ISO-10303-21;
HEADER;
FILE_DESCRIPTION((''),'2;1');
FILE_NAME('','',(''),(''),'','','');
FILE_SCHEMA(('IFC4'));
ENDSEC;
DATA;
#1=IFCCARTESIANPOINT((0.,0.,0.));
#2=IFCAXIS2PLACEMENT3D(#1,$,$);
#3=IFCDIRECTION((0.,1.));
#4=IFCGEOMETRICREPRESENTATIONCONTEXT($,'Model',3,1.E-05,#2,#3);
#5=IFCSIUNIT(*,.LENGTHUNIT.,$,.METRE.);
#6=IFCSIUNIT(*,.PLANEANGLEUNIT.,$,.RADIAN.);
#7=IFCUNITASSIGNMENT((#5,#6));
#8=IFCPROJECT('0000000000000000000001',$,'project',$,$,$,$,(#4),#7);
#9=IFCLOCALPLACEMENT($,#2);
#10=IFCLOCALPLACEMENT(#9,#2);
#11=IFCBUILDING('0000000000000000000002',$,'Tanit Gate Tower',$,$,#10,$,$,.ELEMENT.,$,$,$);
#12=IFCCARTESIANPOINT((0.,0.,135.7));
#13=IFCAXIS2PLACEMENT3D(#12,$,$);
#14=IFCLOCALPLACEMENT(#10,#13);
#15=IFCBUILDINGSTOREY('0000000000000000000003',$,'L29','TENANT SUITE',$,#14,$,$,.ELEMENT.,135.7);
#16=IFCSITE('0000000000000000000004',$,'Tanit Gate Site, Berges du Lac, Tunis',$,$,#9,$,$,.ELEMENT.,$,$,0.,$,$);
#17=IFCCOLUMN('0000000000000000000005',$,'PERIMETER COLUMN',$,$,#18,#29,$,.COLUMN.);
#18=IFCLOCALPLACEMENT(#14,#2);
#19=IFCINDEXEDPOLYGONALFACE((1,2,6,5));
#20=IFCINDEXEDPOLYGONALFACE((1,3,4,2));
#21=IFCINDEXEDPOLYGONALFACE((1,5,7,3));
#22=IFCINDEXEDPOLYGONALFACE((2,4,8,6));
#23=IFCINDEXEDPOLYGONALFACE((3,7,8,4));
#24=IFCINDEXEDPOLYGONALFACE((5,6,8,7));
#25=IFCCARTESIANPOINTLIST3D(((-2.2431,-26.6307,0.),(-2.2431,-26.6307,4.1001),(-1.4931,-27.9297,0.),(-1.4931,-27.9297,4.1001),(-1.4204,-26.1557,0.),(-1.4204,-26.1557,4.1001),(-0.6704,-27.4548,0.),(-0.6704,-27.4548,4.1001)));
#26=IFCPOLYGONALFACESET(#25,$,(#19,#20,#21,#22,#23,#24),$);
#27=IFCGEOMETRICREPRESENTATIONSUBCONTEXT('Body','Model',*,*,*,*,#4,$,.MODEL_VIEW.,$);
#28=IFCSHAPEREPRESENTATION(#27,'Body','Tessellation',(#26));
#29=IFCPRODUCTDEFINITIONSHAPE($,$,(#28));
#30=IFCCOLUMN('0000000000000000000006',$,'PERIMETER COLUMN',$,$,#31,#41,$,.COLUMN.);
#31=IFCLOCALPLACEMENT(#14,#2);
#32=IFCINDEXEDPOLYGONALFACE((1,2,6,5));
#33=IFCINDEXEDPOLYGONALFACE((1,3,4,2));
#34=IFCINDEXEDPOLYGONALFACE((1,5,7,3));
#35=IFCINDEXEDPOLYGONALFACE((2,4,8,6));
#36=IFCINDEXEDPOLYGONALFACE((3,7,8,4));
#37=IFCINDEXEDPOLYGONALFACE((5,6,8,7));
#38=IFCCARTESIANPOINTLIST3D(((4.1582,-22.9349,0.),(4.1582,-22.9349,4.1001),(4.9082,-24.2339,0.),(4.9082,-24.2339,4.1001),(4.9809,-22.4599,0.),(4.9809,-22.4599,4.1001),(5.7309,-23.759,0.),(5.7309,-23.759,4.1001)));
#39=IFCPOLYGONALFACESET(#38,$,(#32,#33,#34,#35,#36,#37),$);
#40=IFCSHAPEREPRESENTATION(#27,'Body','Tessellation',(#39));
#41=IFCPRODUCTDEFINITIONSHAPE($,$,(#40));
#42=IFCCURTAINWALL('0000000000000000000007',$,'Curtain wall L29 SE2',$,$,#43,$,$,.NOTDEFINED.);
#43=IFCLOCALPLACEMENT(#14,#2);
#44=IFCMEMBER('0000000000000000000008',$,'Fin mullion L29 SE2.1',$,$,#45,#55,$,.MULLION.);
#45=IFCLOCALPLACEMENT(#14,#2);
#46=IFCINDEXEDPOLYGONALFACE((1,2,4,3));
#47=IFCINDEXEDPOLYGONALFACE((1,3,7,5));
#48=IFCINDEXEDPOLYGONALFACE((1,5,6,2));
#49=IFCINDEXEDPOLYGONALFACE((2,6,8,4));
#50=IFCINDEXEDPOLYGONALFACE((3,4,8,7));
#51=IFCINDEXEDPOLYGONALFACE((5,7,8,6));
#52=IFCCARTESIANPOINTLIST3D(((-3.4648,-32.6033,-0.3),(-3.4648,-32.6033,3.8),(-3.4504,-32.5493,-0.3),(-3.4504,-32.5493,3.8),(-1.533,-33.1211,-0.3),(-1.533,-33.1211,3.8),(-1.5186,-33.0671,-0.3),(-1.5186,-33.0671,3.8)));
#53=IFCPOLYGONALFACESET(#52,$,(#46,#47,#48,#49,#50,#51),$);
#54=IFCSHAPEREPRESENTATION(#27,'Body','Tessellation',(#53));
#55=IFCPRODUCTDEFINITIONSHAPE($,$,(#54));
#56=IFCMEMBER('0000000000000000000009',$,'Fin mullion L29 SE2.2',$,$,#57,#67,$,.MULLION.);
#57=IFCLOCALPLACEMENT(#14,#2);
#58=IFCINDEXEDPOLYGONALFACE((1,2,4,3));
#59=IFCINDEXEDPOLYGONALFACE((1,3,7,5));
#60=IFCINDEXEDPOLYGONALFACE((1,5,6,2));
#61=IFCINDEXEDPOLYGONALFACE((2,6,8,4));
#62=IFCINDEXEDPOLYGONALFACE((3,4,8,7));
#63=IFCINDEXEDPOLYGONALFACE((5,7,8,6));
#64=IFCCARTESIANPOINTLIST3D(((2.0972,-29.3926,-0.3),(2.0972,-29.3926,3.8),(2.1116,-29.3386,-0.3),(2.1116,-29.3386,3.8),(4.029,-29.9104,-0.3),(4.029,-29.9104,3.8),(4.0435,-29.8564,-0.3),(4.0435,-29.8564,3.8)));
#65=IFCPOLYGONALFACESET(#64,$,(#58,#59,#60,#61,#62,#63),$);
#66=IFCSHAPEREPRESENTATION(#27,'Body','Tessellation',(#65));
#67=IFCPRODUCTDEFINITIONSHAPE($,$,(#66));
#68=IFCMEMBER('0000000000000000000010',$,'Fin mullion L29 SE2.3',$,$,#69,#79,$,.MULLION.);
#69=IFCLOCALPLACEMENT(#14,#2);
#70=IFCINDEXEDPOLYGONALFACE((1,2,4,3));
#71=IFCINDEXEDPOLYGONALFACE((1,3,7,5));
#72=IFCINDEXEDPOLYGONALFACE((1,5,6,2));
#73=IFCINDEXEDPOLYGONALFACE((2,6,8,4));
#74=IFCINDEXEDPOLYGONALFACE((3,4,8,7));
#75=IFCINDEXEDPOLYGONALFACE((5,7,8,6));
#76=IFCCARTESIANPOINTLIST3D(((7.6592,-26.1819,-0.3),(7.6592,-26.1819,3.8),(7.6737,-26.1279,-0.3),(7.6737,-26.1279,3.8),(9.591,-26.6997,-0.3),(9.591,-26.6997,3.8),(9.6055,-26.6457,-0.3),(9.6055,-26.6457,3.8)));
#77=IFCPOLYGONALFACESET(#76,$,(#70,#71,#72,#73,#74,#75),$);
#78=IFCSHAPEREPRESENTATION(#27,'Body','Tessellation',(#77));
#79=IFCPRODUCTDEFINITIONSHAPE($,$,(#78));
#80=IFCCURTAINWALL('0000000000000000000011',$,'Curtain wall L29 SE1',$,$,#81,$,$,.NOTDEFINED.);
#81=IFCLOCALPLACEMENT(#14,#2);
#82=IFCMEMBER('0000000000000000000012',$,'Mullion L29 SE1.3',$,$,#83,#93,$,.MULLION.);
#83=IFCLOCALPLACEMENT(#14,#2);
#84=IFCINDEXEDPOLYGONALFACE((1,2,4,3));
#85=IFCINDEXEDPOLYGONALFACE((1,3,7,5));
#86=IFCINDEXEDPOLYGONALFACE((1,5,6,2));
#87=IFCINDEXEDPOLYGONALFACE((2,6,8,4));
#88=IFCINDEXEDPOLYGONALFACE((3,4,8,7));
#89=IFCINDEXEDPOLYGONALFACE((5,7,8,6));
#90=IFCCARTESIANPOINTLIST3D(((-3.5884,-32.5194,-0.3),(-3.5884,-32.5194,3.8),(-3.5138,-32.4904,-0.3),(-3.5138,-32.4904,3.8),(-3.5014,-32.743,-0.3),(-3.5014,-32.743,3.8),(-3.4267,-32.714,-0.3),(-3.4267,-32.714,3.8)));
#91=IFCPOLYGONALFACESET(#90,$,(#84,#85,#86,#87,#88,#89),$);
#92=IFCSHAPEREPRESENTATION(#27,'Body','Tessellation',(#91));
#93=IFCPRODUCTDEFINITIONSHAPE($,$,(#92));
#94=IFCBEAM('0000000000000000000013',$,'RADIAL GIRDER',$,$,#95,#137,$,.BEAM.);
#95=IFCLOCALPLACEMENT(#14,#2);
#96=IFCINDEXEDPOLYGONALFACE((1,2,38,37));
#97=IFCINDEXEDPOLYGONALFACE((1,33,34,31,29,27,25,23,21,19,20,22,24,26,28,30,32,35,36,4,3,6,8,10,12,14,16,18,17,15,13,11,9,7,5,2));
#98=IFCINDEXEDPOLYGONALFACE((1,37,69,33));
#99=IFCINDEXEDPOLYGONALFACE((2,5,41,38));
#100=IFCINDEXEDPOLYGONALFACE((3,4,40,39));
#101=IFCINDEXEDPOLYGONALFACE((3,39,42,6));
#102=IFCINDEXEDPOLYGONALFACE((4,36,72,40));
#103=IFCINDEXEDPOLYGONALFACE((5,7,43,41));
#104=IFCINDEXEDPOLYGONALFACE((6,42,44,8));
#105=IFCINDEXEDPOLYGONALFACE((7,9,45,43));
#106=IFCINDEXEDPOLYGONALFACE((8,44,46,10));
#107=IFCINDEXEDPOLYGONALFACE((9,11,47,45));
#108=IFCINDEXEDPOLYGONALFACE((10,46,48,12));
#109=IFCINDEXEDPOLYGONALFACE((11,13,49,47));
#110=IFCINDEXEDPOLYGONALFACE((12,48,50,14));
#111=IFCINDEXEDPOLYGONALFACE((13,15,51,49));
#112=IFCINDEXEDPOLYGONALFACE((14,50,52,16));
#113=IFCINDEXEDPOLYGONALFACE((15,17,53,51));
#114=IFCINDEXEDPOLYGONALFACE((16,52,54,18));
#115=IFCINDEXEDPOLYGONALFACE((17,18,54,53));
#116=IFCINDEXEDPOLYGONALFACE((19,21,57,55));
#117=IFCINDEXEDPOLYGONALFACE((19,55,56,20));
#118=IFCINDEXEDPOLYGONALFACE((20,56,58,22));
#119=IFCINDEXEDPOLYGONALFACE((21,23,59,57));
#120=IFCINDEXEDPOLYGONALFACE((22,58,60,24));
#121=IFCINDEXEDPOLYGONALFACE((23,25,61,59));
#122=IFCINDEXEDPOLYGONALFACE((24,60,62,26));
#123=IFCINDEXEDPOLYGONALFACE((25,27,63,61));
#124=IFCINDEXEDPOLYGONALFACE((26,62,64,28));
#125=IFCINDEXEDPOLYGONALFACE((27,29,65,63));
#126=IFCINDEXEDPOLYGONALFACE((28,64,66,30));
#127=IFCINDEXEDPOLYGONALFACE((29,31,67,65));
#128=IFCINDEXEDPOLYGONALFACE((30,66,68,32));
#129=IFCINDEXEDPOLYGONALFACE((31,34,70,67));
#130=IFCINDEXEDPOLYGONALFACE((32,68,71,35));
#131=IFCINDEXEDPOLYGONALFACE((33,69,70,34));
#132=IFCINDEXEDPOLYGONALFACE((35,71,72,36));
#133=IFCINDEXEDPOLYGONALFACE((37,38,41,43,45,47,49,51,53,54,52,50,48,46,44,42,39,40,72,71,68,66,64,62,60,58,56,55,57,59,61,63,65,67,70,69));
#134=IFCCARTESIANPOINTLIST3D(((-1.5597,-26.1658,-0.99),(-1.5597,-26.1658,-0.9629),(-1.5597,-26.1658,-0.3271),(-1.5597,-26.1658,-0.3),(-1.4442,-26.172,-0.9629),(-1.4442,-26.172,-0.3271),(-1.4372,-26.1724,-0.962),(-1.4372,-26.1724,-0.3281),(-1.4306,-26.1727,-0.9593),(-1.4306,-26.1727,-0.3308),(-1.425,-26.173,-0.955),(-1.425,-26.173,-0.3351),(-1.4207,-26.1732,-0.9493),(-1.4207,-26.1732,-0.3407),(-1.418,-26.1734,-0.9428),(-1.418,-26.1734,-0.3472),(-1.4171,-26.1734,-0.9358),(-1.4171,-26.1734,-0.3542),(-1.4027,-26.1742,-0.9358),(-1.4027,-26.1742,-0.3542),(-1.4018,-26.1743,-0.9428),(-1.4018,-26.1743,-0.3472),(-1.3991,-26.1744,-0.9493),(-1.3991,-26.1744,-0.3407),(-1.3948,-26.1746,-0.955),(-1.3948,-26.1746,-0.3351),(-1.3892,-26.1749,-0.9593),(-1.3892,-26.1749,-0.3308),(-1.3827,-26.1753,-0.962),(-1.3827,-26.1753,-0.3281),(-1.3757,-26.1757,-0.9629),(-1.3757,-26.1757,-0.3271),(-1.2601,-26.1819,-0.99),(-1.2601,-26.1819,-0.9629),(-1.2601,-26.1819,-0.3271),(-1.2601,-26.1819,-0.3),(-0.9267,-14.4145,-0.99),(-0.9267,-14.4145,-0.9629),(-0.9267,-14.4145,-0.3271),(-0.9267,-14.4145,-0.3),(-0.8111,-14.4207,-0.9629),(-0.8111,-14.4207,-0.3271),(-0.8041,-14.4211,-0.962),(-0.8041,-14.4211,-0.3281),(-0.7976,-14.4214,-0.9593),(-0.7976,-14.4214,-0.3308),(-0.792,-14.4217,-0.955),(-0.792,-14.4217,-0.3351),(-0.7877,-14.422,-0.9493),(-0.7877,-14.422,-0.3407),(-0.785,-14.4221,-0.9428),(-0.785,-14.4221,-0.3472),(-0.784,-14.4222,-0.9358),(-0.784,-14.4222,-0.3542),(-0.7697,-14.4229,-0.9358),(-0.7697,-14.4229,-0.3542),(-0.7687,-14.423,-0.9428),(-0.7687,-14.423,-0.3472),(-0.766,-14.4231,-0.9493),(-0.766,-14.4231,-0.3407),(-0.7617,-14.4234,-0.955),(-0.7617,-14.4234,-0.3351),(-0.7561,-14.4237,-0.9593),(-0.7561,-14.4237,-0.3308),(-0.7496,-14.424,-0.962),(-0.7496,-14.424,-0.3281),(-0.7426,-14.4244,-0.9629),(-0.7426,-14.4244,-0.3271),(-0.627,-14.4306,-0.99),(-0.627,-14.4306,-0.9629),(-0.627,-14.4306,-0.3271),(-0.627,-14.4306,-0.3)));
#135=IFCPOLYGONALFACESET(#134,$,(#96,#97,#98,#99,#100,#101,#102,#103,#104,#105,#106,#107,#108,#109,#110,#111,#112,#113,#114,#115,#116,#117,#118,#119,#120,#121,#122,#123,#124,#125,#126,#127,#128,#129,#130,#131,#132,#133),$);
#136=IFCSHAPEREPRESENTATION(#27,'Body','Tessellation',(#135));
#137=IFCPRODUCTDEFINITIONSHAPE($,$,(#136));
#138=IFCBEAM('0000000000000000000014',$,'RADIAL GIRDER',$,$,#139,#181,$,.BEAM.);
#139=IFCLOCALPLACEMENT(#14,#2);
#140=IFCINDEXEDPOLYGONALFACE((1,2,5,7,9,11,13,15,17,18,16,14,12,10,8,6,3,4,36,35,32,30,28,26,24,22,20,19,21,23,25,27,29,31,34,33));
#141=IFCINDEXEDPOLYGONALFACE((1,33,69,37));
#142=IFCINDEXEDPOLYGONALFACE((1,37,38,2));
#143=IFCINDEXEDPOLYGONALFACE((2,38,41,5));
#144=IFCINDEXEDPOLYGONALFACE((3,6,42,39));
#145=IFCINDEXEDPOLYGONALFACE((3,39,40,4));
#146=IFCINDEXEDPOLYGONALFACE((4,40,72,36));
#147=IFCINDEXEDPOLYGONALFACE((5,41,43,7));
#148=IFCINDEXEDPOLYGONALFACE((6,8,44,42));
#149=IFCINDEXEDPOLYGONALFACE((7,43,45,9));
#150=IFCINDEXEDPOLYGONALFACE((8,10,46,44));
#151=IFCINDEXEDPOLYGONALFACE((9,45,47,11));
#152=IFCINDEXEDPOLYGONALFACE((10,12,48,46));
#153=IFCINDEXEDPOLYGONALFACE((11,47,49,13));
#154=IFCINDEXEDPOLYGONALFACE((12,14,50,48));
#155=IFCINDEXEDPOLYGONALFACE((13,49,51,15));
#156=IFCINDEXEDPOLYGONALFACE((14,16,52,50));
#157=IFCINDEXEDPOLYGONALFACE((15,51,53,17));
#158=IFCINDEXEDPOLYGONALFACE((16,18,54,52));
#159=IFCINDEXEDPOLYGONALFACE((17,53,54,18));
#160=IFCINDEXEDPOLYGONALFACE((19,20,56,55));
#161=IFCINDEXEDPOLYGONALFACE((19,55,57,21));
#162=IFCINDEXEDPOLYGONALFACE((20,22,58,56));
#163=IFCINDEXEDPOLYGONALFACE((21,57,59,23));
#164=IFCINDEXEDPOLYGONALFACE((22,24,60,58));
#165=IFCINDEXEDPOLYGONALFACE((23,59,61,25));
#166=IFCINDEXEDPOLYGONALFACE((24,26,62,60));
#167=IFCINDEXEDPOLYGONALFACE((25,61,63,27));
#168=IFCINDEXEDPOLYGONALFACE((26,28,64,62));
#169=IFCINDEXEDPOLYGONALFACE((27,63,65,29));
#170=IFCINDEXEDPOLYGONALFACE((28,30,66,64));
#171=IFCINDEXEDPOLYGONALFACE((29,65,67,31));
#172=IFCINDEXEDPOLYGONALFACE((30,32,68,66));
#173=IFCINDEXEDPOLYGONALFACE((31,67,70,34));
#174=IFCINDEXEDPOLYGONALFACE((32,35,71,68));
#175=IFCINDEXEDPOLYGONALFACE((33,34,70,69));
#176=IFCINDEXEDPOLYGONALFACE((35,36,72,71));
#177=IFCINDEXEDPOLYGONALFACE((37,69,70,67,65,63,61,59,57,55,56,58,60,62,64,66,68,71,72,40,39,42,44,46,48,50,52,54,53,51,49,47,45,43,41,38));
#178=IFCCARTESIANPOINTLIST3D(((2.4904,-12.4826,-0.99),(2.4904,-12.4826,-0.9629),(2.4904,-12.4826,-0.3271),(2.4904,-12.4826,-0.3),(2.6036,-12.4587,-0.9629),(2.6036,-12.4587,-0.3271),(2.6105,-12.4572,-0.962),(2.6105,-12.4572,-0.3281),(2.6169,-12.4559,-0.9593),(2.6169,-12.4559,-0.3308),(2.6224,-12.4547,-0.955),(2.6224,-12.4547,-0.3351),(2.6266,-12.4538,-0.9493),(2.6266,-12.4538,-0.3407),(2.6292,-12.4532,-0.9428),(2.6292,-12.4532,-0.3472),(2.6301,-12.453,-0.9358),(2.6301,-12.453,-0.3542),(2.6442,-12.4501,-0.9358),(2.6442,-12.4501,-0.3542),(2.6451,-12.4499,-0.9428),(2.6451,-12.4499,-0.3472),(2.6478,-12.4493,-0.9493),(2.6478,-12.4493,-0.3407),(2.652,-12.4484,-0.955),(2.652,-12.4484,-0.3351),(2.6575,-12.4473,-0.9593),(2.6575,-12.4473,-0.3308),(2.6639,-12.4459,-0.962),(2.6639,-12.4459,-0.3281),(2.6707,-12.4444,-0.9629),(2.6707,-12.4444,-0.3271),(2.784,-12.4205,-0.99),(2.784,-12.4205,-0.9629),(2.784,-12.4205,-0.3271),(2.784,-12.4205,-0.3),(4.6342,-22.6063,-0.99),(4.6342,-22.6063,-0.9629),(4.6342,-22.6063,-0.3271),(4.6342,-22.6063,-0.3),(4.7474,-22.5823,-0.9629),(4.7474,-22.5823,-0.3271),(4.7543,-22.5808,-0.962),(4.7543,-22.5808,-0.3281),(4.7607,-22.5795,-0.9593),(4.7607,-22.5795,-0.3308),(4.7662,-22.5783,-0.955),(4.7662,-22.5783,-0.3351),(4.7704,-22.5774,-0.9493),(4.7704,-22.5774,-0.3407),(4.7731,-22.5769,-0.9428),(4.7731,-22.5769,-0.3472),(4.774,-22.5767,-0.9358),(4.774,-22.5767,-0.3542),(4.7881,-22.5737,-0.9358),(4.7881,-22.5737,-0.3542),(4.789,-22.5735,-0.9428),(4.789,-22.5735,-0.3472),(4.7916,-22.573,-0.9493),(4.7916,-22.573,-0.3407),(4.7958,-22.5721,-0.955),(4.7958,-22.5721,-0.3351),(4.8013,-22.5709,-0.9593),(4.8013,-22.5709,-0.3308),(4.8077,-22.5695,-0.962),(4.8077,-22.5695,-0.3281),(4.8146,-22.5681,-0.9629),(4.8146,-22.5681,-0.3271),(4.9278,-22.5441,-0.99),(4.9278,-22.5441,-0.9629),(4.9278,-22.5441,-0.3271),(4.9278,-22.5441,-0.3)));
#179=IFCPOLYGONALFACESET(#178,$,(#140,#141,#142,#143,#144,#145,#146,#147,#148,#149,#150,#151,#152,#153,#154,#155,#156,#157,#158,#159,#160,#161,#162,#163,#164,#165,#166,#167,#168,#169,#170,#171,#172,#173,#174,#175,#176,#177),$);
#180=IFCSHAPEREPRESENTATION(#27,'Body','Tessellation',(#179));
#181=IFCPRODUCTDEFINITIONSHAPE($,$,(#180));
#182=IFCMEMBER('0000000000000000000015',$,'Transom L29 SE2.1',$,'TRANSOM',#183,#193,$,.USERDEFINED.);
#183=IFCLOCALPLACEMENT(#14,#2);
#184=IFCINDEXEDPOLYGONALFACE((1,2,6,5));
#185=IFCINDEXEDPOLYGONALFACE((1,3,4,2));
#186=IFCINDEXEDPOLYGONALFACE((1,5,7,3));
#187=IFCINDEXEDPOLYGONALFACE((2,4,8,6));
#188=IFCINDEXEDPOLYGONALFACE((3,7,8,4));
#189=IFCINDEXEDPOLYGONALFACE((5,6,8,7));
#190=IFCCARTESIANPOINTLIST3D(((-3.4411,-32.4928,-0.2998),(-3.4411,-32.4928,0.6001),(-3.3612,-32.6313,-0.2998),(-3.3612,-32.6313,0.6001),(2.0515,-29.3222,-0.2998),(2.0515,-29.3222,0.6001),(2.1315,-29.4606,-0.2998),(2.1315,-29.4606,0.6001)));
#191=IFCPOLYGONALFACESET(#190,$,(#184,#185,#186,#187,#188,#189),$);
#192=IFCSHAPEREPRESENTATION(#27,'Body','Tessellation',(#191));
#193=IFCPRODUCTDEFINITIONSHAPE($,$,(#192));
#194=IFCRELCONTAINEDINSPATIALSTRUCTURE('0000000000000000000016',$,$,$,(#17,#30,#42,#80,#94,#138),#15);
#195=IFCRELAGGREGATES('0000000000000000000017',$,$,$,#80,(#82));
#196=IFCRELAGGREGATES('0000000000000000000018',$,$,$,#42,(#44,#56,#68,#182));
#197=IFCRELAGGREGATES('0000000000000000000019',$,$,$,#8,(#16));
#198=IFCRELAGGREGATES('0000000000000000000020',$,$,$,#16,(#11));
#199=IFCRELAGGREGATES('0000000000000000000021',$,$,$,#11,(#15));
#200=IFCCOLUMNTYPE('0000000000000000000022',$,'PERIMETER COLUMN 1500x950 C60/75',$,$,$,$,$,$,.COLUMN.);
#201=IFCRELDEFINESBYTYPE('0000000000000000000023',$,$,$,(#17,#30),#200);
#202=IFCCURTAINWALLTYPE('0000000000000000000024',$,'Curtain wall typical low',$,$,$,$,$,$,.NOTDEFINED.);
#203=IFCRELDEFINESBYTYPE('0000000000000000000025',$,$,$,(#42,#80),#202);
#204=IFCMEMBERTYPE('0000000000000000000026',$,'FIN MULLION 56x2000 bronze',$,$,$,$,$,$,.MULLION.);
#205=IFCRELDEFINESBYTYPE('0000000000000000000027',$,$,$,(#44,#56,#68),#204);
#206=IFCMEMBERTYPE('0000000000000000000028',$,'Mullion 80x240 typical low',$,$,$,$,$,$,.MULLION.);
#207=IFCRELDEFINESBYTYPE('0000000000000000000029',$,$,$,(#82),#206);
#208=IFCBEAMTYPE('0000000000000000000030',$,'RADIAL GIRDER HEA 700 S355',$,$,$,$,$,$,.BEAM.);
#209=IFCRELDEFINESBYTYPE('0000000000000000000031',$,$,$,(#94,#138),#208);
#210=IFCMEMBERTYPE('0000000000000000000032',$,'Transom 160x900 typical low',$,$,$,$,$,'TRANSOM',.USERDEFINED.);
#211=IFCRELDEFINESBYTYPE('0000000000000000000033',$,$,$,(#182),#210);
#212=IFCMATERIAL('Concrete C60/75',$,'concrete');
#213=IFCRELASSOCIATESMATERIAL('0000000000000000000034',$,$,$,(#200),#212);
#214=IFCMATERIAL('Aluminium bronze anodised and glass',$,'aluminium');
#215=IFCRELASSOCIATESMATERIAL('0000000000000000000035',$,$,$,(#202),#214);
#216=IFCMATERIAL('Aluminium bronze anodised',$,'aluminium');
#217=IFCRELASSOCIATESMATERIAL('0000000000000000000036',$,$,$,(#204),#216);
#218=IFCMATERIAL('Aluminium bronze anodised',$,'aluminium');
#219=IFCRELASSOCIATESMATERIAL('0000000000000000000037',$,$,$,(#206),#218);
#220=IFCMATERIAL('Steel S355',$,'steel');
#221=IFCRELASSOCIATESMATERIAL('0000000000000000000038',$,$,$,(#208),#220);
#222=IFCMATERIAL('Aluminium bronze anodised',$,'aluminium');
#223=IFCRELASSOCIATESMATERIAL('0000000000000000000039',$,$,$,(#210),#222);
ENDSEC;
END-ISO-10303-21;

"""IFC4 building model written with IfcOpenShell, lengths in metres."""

from ifc_helpers import new_model, si_unit, direction, frame, origin, origin_2d, place, context, subcontext, project, spatial, rectangle, i_section, extrude, material, material_profile, profile_set, type_object, element, aggregate, save


model = new_model("IFC4")

# Units and contexts
model_context = context("Model", 3, precision=1e-05, world=origin(), true_north=direction((0.0, 1.0)))
body_context = subcontext(model_context, "Body", "Model", "MODEL_VIEW")
ifc_project = project(units=[si_unit("LENGTHUNIT", "METRE"), si_unit("PLANEANGLEUNIT", "RADIAN")], contexts=[model_context])

# Site, building, storey
site_placement = place(None, origin())
site = spatial("IfcSite", under=ifc_project, at=site_placement, Name="Tanit Gate Site, Berges du Lac, Tunis", CompositionType="ELEMENT", RefElevation=0.0)
building_placement = place(site_placement, origin())
building = spatial("IfcBuilding", under=site, at=building_placement, Name="Tanit Gate Tower", CompositionType="ELEMENT")
storey_placement = place(building_placement, frame((0.0, 0.0, 135.7)))
storey = spatial("IfcBuildingStorey", under=building, at=storey_placement, Name="L29", Description="TENANT SUITE", CompositionType="ELEMENT", Elevation=135.7)

# Columns
ifc_material_1 = material(Name="Concrete C60/75", Category="concrete")
ifc_material_profile_1 = material_profile(ifc_material_1, rectangle(XDim=1.5, YDim=0.95, at=origin_2d()), Name="RC 1500x950")
ifc_profile_set_1 = profile_set([ifc_material_profile_1], Name="Concrete C60/75")
column_type = type_object("IfcColumnType", Name="PERIMETER COLUMN 1500x950 C60/75", PredefinedType="COLUMN", material=ifc_profile_set_1)
for number, where, z_axis, x_axis, name in (
    (1, (-1.4568, -27.0427, 0.0), (0.0, 0.0, 1.0), (0.5, -0.866025, 0.0), "PERIMETER COLUMN"),
    (2, (4.9446, -23.3469, 0.0), (0.0, 0.0, 1.0), (0.5, -0.866025, 0.0), "PERIMETER COLUMN"),
):
    element("IfcColumn", number, at=place(storey_placement, frame(where, z_axis=z_axis, x_axis=x_axis)), inside=storey, type_object=column_type, Name=name, PredefinedType="COLUMN", context=body_context, shape_type="SweptSolid", body=[
        extrude(rectangle(XDim=1.5, YDim=0.95, at=origin_2d()), origin(), (0.0, 0.0, 1.0), 4.1001),
    ])

# Curtain wall, members
ifc_material_2 = material(Name="Aluminium bronze anodised and glass", Category="aluminium")
curtain_wall_type = type_object("IfcCurtainWallType", Name="Curtain wall typical low", PredefinedType="NOTDEFINED", material=ifc_material_2)
curtain_wall_1_placement = place(storey_placement, origin())
curtain_wall_1 = element("IfcCurtainWall", 3, at=curtain_wall_1_placement, inside=storey, type_object=curtain_wall_type, Name="Curtain wall L29 SE2", PredefinedType="NOTDEFINED")
ifc_material_3 = material(Name="Aluminium bronze anodised", Category="aluminium")
ifc_material_profile_2 = material_profile(ifc_material_3, rectangle(XDim=2.0, YDim=0.0559, at=origin_2d()), Name="56x2000 bronze fin mullion")
ifc_profile_set_2 = profile_set([ifc_material_profile_2], Name="Aluminium bronze anodised")
member_type_1 = type_object("IfcMemberType", Name="FIN MULLION 56x2000 bronze", PredefinedType="MULLION", material=ifc_profile_set_2)
member_1_placement = place(storey_placement, frame((-2.4917, -32.8352, -0.3), z_axis=(0.0, 0.0, 1.0), x_axis=(-0.965908, 0.258886, 0.0)))
member_1 = element("IfcMember", 4, at=member_1_placement, type_object=member_type_1, Name="Fin mullion L29 SE2.1", PredefinedType="MULLION", context=body_context, shape_type="SweptSolid", body=[
    extrude(rectangle(XDim=2.0, YDim=0.0559, at=origin_2d()), origin(), (0.0, 0.0, 1.0), 4.1001),
])
member_2_placement = place(storey_placement, frame((3.0703, -29.6245, -0.3), z_axis=(0.0, 0.0, 1.0), x_axis=(-0.965908, 0.258886, 0.0)))
member_2 = element("IfcMember", 5, at=member_2_placement, type_object=member_type_1, Name="Fin mullion L29 SE2.2", PredefinedType="MULLION", context=body_context, shape_type="SweptSolid", body=[
    extrude(rectangle(XDim=2.0, YDim=0.0559, at=origin_2d()), origin(), (0.0, 0.0, 1.0), 4.1001),
])
member_3_placement = place(storey_placement, frame((8.6323, -26.4138, -0.3), z_axis=(0.0, 0.0, 1.0), x_axis=(-0.965908, 0.258886, 0.0)))
member_3 = element("IfcMember", 6, at=member_3_placement, type_object=member_type_1, Name="Fin mullion L29 SE2.3", PredefinedType="MULLION", context=body_context, shape_type="SweptSolid", body=[
    extrude(rectangle(XDim=2.0, YDim=0.0559, at=origin_2d()), origin(), (0.0, 0.0, 1.0), 4.1001),
])

# Curtain wall, member
curtain_wall_2_placement = place(storey_placement, origin())
curtain_wall_2 = element("IfcCurtainWall", 7, at=curtain_wall_2_placement, inside=storey, type_object=curtain_wall_type, Name="Curtain wall L29 SE1", PredefinedType="NOTDEFINED")
ifc_material_4 = material(Name="Aluminium bronze anodised", Category="aluminium")
ifc_material_profile_3 = material_profile(ifc_material_4, rectangle(XDim=0.24, YDim=0.0801, at=origin_2d()), Name="80x240 bronze mullion")
ifc_profile_set_3 = profile_set([ifc_material_profile_3], Name="Aluminium bronze anodised")
member_type_2 = type_object("IfcMemberType", Name="Mullion 80x240 typical low", PredefinedType="MULLION", material=ifc_profile_set_3)
member_4_placement = place(storey_placement, frame((-3.5076, -32.6167, -0.3), z_axis=(0.0, 0.0, 1.0), x_axis=(-0.362737, 0.931892, 0.0)))
member_4 = element("IfcMember", 8, at=member_4_placement, type_object=member_type_2, Name="Mullion L29 SE1.3", PredefinedType="MULLION", context=body_context, shape_type="SweptSolid", body=[
    extrude(rectangle(XDim=0.24, YDim=0.0801, at=origin_2d()), origin(), (0.0, 0.0, 1.0), 4.1001),
])
aggregate(curtain_wall_2, [member_4])

# Beams
ifc_material_5 = material(Name="Steel S355", Category="steel")
ifc_material_profile_4 = material_profile(ifc_material_5, i_section(OverallWidth=0.3, OverallDepth=0.6899, WebThickness=0.0144, FlangeThickness=0.0271, FilletRadius=0.0271, at=origin_2d()), Name="HEA 700")
ifc_profile_set_4 = profile_set([ifc_material_profile_4], Name="Steel S355")
beam_type = type_object("IfcBeamType", Name="RADIAL GIRDER HEA 700 S355", PredefinedType="BEAM", material=ifc_profile_set_4)
beam_1_placement = place(storey_placement, frame((-1.4099, -26.1738, -0.645), z_axis=(0.053794, 0.998552, 0.0), x_axis=(-0.998552, 0.053794, 0.0)))
element("IfcBeam", 9, at=beam_1_placement, inside=storey, type_object=beam_type, Name="RADIAL GIRDER", PredefinedType="BEAM", context=body_context, shape_type="SweptSolid", body=[
    extrude(i_section(OverallWidth=0.3, OverallDepth=0.6899, WebThickness=0.0144, FlangeThickness=0.0271, FilletRadius=0.0271, at=origin_2d()), origin(), (0.0, 0.0, 1.0), 11.7683),
])
beam_2_placement = place(storey_placement, frame((4.781, -22.5752, -0.645), z_axis=(-0.20717, 0.978305, 0.0), x_axis=(-0.978305, -0.20717, 0.0)))
element("IfcBeam", 10, at=beam_2_placement, inside=storey, type_object=beam_type, Name="RADIAL GIRDER", PredefinedType="BEAM", context=body_context, shape_type="SweptSolid", body=[
    extrude(i_section(OverallWidth=0.3, OverallDepth=0.6899, WebThickness=0.0144, FlangeThickness=0.0271, FilletRadius=0.0271, at=origin_2d()), origin(), (0.0, 0.0, 1.0), 10.3481),
])

# Member
ifc_material_6 = material(Name="Aluminium bronze anodised", Category="aluminium")
ifc_material_profile_5 = material_profile(ifc_material_6, rectangle(XDim=0.1599, YDim=0.8999, at=origin_2d()), Name="160x900 bronze transom")
ifc_profile_set_5 = profile_set([ifc_material_profile_5], Name="Aluminium bronze anodised")
member_type_3 = type_object("IfcMemberType", Name="Transom 160x900 typical low", ElementType="TRANSOM", PredefinedType="USERDEFINED", material=ifc_profile_set_5)
member_5_placement = place(storey_placement, frame((-3.4011, -32.562, 0.1501), z_axis=(0.866063, 0.499936, 0.0), x_axis=(-0.499936, 0.866063, 0.0)))
member_5 = element("IfcMember", 11, at=member_5_placement, type_object=member_type_3, Name="Transom L29 SE2.1", ObjectType="TRANSOM", PredefinedType="USERDEFINED", context=body_context, shape_type="SweptSolid", body=[
    extrude(rectangle(XDim=0.1599, YDim=0.8999, at=origin_2d()), origin(), (0.0, 0.0, 1.0), 6.342),
])

aggregate(curtain_wall_1, [member_1, member_2, member_3, member_5])

save(model, "model.ifc")
